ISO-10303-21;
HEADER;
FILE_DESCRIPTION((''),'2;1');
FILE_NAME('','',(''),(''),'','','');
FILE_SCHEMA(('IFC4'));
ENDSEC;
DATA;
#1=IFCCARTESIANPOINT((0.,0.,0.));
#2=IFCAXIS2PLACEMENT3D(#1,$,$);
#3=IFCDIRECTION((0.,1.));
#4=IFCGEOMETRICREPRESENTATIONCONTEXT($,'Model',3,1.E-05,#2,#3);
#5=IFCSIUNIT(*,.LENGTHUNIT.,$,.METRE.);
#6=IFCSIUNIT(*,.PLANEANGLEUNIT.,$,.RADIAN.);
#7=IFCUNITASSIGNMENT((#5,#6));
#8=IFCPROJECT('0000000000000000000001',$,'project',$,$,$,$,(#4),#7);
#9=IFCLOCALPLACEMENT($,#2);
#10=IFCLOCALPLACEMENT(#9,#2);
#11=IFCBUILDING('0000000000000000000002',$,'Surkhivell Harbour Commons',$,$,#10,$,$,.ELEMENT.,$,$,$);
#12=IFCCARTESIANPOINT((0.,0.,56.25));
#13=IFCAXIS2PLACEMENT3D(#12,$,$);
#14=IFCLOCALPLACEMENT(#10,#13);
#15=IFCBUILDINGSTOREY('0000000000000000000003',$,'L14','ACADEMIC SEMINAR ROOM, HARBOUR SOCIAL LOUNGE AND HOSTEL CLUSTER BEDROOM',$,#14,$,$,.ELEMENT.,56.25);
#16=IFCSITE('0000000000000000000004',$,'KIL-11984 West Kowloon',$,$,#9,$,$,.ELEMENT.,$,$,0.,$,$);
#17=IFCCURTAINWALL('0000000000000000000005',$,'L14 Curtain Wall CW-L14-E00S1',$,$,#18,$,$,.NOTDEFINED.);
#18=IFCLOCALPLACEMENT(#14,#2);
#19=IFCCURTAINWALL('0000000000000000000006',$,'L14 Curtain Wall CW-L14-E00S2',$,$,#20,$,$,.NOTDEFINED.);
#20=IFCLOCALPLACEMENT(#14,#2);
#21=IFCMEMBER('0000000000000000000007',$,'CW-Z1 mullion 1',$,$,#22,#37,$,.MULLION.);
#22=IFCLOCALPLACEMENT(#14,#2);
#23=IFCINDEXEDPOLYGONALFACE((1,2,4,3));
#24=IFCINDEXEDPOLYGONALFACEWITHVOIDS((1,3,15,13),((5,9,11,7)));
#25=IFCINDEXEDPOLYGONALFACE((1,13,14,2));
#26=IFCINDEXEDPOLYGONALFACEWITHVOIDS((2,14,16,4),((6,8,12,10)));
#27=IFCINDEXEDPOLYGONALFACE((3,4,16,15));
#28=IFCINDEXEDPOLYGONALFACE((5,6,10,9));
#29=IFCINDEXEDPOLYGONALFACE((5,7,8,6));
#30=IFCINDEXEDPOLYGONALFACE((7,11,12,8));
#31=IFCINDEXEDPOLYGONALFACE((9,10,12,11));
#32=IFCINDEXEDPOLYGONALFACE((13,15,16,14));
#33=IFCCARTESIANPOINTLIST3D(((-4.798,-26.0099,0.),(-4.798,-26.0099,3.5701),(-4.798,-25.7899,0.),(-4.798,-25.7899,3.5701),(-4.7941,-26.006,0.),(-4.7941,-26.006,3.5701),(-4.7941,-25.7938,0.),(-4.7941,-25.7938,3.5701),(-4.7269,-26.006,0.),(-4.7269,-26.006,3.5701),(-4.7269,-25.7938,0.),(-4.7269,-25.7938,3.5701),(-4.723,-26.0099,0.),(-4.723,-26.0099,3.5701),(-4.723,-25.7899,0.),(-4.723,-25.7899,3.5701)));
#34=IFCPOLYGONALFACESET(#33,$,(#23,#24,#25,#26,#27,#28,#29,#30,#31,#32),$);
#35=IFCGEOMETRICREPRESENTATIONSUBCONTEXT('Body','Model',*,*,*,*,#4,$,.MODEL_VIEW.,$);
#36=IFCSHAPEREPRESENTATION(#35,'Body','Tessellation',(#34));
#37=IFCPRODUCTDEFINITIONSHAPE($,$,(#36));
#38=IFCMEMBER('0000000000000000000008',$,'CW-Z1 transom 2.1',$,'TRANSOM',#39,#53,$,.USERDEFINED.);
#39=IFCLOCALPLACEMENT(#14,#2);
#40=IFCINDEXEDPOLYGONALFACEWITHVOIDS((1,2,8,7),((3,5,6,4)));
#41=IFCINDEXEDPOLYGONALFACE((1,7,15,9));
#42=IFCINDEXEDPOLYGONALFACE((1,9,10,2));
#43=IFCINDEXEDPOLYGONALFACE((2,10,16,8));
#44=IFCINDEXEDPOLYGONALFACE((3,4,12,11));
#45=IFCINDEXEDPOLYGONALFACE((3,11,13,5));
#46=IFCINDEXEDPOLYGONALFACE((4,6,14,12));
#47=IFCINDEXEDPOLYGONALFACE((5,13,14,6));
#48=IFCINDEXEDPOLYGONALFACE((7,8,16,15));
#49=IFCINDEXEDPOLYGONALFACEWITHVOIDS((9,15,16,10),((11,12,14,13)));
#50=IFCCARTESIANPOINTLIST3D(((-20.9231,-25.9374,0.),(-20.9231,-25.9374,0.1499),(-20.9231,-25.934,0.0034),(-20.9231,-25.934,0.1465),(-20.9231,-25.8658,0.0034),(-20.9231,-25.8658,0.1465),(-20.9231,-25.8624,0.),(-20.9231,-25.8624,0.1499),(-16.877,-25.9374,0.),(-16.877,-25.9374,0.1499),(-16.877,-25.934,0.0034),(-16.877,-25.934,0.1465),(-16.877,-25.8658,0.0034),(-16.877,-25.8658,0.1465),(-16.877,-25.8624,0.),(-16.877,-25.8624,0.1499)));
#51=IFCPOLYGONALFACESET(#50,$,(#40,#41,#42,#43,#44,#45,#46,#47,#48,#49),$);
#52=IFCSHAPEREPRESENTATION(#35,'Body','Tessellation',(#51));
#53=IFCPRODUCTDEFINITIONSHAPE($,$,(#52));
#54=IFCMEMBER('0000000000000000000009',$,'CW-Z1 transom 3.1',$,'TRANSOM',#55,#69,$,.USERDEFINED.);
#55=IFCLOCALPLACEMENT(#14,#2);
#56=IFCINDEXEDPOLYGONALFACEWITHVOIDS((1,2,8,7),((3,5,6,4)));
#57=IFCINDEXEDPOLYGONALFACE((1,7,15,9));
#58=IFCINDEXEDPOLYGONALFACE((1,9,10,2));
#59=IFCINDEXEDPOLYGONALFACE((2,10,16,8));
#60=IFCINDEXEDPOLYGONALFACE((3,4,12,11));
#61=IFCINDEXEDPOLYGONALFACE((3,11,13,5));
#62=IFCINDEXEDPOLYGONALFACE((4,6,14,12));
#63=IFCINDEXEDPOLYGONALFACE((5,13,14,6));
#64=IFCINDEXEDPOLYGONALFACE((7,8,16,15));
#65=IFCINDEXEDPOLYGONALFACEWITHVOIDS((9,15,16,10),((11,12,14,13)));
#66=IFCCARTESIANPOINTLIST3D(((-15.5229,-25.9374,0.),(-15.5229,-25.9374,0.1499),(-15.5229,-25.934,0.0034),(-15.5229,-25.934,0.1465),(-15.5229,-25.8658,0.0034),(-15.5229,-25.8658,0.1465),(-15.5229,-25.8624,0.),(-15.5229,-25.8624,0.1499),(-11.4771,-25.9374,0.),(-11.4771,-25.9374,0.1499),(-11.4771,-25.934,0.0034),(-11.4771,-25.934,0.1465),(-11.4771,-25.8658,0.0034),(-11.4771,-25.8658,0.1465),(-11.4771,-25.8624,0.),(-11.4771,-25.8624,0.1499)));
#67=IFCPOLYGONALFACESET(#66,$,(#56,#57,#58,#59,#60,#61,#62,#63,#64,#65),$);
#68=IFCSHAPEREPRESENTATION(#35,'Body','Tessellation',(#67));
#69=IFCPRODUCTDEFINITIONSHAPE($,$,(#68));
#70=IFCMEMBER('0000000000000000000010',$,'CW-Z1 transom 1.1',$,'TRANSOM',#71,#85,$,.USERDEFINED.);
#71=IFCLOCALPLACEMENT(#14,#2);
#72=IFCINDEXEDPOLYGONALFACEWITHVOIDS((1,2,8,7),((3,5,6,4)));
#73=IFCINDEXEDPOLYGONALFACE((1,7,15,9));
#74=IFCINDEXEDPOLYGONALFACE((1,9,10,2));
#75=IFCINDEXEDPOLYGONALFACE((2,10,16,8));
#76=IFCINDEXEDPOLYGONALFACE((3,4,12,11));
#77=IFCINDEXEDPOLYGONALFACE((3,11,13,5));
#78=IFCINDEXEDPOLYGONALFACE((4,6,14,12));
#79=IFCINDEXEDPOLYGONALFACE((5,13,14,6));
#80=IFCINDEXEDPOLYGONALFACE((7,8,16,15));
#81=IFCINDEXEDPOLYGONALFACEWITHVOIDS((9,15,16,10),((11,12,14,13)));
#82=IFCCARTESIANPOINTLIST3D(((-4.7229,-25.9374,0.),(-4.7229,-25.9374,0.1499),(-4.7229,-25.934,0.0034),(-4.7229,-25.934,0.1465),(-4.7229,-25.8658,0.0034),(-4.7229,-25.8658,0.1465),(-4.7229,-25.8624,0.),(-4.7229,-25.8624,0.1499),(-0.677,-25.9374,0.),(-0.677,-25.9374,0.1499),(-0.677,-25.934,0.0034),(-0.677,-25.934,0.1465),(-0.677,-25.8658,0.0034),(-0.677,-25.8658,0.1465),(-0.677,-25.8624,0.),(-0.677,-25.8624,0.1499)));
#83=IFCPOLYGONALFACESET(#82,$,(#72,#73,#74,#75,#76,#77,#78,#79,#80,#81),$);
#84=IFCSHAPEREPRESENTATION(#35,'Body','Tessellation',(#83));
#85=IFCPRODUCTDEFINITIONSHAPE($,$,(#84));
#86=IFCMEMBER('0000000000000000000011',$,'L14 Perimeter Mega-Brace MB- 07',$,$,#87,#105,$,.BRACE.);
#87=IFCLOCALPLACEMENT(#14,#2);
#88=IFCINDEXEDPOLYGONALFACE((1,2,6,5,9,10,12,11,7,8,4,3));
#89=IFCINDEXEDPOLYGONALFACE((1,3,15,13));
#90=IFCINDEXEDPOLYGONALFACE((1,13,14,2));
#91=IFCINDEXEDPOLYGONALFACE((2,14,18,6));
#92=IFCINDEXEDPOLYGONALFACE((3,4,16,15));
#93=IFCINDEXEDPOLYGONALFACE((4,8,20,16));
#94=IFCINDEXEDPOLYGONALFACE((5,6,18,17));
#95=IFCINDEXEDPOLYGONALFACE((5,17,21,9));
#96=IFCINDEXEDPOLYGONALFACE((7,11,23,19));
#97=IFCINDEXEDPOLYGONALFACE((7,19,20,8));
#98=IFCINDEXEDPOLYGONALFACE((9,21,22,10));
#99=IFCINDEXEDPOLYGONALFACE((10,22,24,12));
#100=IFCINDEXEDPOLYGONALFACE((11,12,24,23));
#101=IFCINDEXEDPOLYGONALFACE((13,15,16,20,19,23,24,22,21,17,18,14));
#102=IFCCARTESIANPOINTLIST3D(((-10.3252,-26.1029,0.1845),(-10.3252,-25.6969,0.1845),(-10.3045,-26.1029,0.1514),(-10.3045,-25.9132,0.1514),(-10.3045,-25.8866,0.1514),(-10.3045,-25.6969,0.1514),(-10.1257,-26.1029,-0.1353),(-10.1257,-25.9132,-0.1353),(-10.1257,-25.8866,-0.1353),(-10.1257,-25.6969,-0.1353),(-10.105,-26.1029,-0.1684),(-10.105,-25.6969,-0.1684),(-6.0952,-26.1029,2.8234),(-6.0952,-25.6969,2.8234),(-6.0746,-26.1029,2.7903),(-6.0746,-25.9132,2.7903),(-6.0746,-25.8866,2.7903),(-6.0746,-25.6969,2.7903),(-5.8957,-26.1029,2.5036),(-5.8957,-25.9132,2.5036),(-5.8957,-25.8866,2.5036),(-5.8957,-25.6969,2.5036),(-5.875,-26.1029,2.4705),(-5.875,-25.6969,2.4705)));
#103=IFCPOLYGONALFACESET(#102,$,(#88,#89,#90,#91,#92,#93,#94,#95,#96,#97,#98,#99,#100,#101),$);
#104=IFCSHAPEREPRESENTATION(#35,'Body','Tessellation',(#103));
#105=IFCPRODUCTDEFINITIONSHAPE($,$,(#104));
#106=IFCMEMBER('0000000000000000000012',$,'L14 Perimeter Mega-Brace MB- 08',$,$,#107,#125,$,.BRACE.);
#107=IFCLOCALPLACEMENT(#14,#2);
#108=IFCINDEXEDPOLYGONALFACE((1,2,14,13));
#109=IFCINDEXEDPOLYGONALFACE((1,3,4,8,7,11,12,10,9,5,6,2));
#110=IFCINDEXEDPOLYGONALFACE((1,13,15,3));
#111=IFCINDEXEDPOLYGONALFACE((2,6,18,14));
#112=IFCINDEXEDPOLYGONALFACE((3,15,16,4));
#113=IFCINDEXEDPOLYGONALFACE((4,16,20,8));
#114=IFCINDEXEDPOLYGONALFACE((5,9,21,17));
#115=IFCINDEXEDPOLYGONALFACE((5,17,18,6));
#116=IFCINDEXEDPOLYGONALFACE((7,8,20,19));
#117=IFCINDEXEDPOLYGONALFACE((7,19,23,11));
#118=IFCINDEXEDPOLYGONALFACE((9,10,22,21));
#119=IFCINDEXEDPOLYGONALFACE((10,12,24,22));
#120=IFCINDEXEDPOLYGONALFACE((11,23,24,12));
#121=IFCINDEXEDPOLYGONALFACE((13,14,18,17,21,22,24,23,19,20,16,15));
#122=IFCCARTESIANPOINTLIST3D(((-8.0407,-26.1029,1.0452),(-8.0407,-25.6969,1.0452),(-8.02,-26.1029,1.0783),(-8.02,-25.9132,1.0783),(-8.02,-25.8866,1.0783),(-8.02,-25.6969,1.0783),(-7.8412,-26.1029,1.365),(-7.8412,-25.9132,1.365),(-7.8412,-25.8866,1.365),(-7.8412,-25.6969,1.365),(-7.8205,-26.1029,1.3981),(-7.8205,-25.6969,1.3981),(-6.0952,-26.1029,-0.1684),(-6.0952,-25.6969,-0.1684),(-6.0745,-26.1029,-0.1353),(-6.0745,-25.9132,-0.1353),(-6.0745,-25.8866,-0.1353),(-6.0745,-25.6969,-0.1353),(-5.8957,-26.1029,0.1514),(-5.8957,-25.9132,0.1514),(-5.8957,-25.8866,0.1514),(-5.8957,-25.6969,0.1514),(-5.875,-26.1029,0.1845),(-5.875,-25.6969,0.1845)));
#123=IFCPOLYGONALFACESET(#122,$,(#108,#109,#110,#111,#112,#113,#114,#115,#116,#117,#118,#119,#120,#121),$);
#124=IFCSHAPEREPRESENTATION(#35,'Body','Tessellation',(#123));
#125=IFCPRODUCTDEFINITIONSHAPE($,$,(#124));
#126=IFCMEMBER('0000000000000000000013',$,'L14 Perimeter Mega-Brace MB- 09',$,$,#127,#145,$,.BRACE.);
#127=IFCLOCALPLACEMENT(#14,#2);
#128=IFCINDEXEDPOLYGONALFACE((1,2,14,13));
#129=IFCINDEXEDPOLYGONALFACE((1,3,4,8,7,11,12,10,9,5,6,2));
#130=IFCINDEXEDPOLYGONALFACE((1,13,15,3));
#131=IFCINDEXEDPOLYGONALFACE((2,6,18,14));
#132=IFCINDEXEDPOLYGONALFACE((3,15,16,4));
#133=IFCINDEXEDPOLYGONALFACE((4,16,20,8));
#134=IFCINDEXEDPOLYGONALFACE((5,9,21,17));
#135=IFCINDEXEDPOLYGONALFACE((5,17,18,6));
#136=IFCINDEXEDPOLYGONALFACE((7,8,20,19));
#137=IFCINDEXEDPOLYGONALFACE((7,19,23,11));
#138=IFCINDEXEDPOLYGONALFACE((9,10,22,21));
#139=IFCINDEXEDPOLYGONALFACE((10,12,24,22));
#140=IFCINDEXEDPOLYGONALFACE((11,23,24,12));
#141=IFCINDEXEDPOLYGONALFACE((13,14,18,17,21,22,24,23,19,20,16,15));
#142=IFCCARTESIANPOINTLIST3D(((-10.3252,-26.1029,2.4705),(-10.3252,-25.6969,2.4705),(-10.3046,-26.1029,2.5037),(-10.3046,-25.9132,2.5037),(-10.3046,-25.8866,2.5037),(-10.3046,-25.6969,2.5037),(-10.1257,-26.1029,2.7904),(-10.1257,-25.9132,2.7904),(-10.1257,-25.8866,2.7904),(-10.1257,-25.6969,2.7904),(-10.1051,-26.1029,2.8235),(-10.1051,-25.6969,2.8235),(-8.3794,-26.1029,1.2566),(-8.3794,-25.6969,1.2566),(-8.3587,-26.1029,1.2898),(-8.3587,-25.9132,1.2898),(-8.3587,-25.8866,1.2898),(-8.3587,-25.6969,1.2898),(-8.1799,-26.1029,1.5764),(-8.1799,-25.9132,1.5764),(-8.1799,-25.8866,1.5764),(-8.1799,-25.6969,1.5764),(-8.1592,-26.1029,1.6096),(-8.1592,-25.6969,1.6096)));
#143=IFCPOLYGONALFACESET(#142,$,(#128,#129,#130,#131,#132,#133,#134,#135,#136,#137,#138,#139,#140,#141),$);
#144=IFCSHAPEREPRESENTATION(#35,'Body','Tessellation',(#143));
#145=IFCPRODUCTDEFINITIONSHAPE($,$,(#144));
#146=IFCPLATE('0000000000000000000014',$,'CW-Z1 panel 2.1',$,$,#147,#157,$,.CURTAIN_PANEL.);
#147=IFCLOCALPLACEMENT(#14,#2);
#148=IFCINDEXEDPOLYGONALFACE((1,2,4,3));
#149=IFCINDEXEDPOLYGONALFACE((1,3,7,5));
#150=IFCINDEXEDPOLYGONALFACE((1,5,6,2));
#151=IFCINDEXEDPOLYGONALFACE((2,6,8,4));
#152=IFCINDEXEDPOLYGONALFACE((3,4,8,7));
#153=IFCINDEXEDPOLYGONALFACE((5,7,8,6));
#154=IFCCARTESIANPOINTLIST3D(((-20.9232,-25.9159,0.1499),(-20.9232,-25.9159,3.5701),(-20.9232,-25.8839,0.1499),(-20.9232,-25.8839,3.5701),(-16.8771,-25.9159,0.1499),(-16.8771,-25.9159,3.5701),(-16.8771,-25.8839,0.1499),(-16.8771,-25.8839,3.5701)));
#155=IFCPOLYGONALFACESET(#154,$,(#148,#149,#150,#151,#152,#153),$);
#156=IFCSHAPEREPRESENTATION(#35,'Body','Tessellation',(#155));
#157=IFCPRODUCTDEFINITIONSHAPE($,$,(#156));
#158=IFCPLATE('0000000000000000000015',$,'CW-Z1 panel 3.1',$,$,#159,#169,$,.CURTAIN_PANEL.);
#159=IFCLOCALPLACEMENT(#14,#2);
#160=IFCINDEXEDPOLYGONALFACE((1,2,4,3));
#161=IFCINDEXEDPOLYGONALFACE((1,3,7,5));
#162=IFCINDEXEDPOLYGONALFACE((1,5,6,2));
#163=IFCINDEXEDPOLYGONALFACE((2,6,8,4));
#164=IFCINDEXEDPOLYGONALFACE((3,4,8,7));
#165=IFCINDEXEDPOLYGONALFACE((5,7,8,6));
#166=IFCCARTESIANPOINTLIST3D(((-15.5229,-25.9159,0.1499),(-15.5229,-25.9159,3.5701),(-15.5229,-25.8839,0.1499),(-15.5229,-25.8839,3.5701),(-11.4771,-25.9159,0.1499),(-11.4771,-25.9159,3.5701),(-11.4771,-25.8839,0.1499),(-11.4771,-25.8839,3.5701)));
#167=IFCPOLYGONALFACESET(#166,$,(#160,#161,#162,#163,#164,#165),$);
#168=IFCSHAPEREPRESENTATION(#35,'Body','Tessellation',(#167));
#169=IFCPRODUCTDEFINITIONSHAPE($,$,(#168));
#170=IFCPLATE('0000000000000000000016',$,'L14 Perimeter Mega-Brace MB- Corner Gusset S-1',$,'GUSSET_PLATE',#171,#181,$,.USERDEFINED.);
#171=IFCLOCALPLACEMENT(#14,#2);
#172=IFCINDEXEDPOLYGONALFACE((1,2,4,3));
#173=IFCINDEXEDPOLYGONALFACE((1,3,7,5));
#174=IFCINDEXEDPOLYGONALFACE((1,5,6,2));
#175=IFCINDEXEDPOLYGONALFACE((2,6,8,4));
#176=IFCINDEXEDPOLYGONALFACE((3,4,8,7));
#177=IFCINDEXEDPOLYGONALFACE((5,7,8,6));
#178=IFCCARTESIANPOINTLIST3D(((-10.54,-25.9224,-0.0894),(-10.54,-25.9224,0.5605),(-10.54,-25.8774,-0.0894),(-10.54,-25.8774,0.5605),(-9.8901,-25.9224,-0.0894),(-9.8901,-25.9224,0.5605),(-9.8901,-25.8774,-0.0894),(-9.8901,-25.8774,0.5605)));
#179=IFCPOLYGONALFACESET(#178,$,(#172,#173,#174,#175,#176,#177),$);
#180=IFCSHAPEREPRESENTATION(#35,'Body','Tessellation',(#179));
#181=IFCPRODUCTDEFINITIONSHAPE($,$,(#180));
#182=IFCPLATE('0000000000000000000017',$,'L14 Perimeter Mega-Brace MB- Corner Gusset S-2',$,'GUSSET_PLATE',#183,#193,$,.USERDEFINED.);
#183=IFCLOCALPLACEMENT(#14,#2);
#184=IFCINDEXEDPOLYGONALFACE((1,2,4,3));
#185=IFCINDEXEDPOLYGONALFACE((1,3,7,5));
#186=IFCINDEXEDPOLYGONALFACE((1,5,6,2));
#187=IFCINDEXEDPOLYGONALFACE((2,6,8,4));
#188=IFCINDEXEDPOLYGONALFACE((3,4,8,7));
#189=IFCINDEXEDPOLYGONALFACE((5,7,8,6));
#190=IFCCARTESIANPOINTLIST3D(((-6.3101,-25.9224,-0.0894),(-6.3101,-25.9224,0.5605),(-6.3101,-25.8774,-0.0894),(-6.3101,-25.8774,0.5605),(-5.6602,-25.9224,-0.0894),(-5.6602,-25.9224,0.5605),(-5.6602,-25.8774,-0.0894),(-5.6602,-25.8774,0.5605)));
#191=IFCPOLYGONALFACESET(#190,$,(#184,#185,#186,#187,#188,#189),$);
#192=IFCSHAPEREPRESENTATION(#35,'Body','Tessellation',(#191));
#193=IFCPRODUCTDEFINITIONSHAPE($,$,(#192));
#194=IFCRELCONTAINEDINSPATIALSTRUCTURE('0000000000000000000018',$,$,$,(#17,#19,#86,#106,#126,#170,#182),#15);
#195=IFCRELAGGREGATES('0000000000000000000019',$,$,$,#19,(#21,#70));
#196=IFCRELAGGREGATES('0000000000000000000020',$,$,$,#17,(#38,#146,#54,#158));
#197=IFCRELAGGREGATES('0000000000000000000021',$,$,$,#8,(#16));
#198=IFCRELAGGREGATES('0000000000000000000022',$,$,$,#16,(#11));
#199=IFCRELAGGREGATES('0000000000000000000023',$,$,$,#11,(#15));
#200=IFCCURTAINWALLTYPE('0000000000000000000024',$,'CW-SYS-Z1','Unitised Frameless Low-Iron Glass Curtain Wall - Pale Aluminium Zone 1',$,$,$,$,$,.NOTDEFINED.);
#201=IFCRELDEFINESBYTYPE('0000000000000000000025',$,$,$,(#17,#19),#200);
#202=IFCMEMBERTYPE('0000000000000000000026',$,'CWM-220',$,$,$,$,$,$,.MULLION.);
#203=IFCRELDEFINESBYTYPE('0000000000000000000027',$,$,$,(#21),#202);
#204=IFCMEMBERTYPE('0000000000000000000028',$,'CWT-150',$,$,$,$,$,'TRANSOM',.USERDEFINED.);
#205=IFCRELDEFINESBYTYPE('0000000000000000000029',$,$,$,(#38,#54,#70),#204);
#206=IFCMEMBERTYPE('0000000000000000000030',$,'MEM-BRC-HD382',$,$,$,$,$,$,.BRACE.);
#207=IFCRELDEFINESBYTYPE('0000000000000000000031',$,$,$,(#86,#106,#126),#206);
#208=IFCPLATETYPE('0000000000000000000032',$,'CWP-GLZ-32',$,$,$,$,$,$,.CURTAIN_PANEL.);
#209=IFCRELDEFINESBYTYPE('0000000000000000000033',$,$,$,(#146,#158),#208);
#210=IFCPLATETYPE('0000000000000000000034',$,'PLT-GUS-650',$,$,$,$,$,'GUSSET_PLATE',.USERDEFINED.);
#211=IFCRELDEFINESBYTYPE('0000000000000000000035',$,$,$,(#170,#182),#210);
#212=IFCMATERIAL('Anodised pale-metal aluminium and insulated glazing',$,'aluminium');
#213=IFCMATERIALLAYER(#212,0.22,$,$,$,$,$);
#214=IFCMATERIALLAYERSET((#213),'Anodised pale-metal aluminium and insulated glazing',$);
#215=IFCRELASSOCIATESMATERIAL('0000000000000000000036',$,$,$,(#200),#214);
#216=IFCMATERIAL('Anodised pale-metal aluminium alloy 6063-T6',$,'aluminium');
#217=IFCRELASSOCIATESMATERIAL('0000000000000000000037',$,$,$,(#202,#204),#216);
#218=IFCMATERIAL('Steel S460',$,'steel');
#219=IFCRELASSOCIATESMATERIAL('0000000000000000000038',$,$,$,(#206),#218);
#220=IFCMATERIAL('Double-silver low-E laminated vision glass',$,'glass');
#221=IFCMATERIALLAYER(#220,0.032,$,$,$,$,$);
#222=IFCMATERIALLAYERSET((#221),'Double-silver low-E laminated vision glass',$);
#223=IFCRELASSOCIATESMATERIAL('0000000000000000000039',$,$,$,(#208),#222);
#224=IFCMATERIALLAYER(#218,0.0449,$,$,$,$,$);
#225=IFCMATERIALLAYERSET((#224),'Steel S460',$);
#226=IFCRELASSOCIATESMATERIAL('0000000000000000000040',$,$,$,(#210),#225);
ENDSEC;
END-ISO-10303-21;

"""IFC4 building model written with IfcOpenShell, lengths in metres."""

from ifc_helpers import new_model, si_unit, direction, frame, frame_2d, origin, origin_2d, place, context, subcontext, project, spatial, rectangle, hollow_rectangle, i_section, extrude, material, layer, layer_set, material_profile, profile_set, type_object, element, aggregate, save


model = new_model("IFC4")

# Units and contexts
model_context = context("Model", 3, precision=1e-05, world=origin(), true_north=direction((0.0, 1.0)))
body_context = subcontext(model_context, "Body", "Model", "MODEL_VIEW")
ifc_project = project(units=[si_unit("LENGTHUNIT", "METRE"), si_unit("PLANEANGLEUNIT", "RADIAN")], contexts=[model_context])

# Site, building, storey
site_placement = place(None, origin())
site = spatial("IfcSite", under=ifc_project, at=site_placement, Name="KIL-11984 West Kowloon", CompositionType="ELEMENT", RefElevation=0.0)
building_placement = place(site_placement, origin())
building = spatial("IfcBuilding", under=site, at=building_placement, Name="Surkhivell Harbour Commons", CompositionType="ELEMENT")
storey_placement = place(building_placement, frame((0.0, 0.0, 56.25)))
storey = spatial("IfcBuildingStorey", under=building, at=storey_placement, Name="L14", Description="ACADEMIC SEMINAR ROOM, HARBOUR SOCIAL LOUNGE AND HOSTEL CLUSTER BEDROOM", CompositionType="ELEMENT", Elevation=56.25)

# Shared definitions
ifc_material_1 = material(Name="Steel S460", Category="steel")

# Curtain wall
ifc_material_2 = material(Name="Anodised pale-metal aluminium and insulated glazing", Category="aluminium")
ifc_layer_1 = layer(ifc_material_2, 0.22)
ifc_layer_set_1 = layer_set([ifc_layer_1], Name="Anodised pale-metal aluminium and insulated glazing")
curtain_wall_type = type_object("IfcCurtainWallType", Name="CW-SYS-Z1", Description="Unitised Frameless Low-Iron Glass Curtain Wall - Pale Aluminium Zone 1", PredefinedType="NOTDEFINED", material=ifc_layer_set_1)
curtain_wall_1_placement = place(storey_placement, origin())
curtain_wall_1 = element("IfcCurtainWall", 1, at=curtain_wall_1_placement, inside=storey, type_object=curtain_wall_type, Name="L14 Curtain Wall CW-L14-E00S1", PredefinedType="NOTDEFINED")
ifc_material_3 = material(Name="Anodised pale-metal aluminium alloy 6063-T6", Category="aluminium")
ifc_material_profile_1 = material_profile(ifc_material_3, hollow_rectangle(XDim=0.075, YDim=0.22, WallThickness=0.0039, at=origin_2d()), Name="ALU-MULL-75x220")
ifc_profile_set_1 = profile_set([ifc_material_profile_1], Name="Anodised pale-metal aluminium alloy 6063-T6")
member_type_1 = type_object("IfcMemberType", Name="CWM-220", PredefinedType="MULLION", material=ifc_profile_set_1)

# Curtain wall, member
curtain_wall_2_placement = place(storey_placement, origin())
curtain_wall_2 = element("IfcCurtainWall", 2, at=curtain_wall_2_placement, inside=storey, type_object=curtain_wall_type, Name="L14 Curtain Wall CW-L14-E00S2", PredefinedType="NOTDEFINED")
member_1_placement = place(storey_placement, frame((-4.7605, -25.8999, 0.0), z_axis=(0.0, 0.0, 1.0), x_axis=(1.0, 0.0, 0.0)))
member_1 = element("IfcMember", 3, at=member_1_placement, type_object=member_type_1, Name="CW-Z1 mullion 1", PredefinedType="MULLION", context=body_context, shape_type="SweptSolid", body=[
    extrude(hollow_rectangle(XDim=0.075, YDim=0.22, WallThickness=0.0039, at=origin_2d()), origin(), (0.0, 0.0, 1.0), 3.5701),
])

# Members
ifc_material_profile_2 = material_profile(ifc_material_3, hollow_rectangle(XDim=0.075, YDim=0.1499, WallThickness=0.0034, at=origin_2d()), Name="ALU-TRAN-75x150")
ifc_profile_set_2 = profile_set([ifc_material_profile_2], Name="Anodised pale-metal aluminium alloy 6063-T6")
member_type_2 = type_object("IfcMemberType", Name="CWT-150", ElementType="TRANSOM", PredefinedType="USERDEFINED", material=ifc_profile_set_2)
member_2_placement = place(storey_placement, frame((-20.9231, -25.8999, 0.075), z_axis=(1.0, 0.0, 0.0), x_axis=(0.0, 1.0, 0.0)))
member_2 = element("IfcMember", 4, at=member_2_placement, type_object=member_type_2, Name="CW-Z1 transom 2.1", ObjectType="TRANSOM", PredefinedType="USERDEFINED", context=body_context, shape_type="SweptSolid", body=[
    extrude(hollow_rectangle(XDim=0.075, YDim=0.1499, WallThickness=0.0034, at=origin_2d()), origin(), (0.0, 0.0, 1.0), 4.0461),
])
member_3_placement = place(storey_placement, frame((-15.5229, -25.8999, 0.075), z_axis=(1.0, 0.0, 0.0), x_axis=(0.0, 1.0, 0.0)))
member_3 = element("IfcMember", 5, at=member_3_placement, type_object=member_type_2, Name="CW-Z1 transom 3.1", ObjectType="TRANSOM", PredefinedType="USERDEFINED", context=body_context, shape_type="SweptSolid", body=[
    extrude(hollow_rectangle(XDim=0.075, YDim=0.1499, WallThickness=0.0034, at=origin_2d()), origin(), (0.0, 0.0, 1.0), 4.0459),
])
member_4_placement = place(storey_placement, frame((-4.7229, -25.8999, 0.075), z_axis=(1.0, 0.0, 0.0), x_axis=(0.0, 1.0, 0.0)))
member_4 = element("IfcMember", 6, at=member_4_placement, type_object=member_type_2, Name="CW-Z1 transom 1.1", ObjectType="TRANSOM", PredefinedType="USERDEFINED", context=body_context, shape_type="SweptSolid", body=[
    extrude(hollow_rectangle(XDim=0.075, YDim=0.1499, WallThickness=0.0034, at=origin_2d()), origin(), (0.0, 0.0, 1.0), 4.0459),
])
aggregate(curtain_wall_2, [member_1, member_4])

# Members
ifc_material_profile_3 = material_profile(ifc_material_1, i_section(OverallWidth=0.406, OverallDepth=0.416, WebThickness=0.0266, FlangeThickness=0.0391, at=origin_2d()), Name="HD400x382")
ifc_profile_set_3 = profile_set([ifc_material_profile_3], Name="Steel S460")
member_type_3 = type_object("IfcMemberType", Name="MEM-BRC-HD382", PredefinedType="BRACE", material=ifc_profile_set_3)
member_5_placement = place(storey_placement, frame((-10.2151, -25.8999, 0.0081), z_axis=(0.848433, 0.0, 0.529303), x_axis=(0.0, 1.0, 0.0)))
element("IfcMember", 7, at=member_5_placement, inside=storey, type_object=member_type_3, Name="L14 Perimeter Mega-Brace MB- 07", PredefinedType="BRACE", context=body_context, shape_type="SweptSolid", body=[
    extrude(i_section(OverallWidth=0.406, OverallDepth=0.416, WebThickness=0.0266, FlangeThickness=0.0391, at=origin_2d()), origin(), (0.0, 0.0, 1.0), 4.9856),
])
member_6_placement = place(storey_placement, frame((-5.9851, -25.8999, 0.0081), z_axis=(-0.848459, 0.0, 0.529262), x_axis=(0.0, -1.0, 0.0)))
element("IfcMember", 8, at=member_6_placement, inside=storey, type_object=member_type_3, Name="L14 Perimeter Mega-Brace MB- 08", PredefinedType="BRACE", context=body_context, shape_type="SweptSolid", body=[
    extrude(i_section(OverallWidth=0.406, OverallDepth=0.416, WebThickness=0.0266, FlangeThickness=0.0391, at=origin_2d()), origin(), (0.0, 0.0, 1.0), 2.293),
])
member_7_placement = place(storey_placement, frame((-8.2693, -25.8999, 1.4331), z_axis=(-0.848441, 0.0, 0.529291), x_axis=(0.0, -1.0, 0.0)))
element("IfcMember", 9, at=member_7_placement, inside=storey, type_object=member_type_3, Name="L14 Perimeter Mega-Brace MB- 09", PredefinedType="BRACE", context=body_context, shape_type="SweptSolid", body=[
    extrude(i_section(OverallWidth=0.406, OverallDepth=0.416, WebThickness=0.0266, FlangeThickness=0.0391, at=origin_2d()), origin(), (0.0, 0.0, 1.0), 2.2935),
])

# Plates
ifc_material_4 = material(Name="Double-silver low-E laminated vision glass", Category="glass")
ifc_layer_2 = layer(ifc_material_4, 0.032)
ifc_layer_set_2 = layer_set([ifc_layer_2], Name="Double-silver low-E laminated vision glass")
plate_type_1 = type_object("IfcPlateType", Name="CWP-GLZ-32", PredefinedType="CURTAIN_PANEL", material=ifc_layer_set_2)
plate_1_placement = place(storey_placement, frame((-20.9231, -25.8999, 0.1499), z_axis=(0.0, 0.0, 1.0), x_axis=(1.0, 0.0, 0.0)))
plate_1 = element("IfcPlate", 10, at=plate_1_placement, type_object=plate_type_1, Name="CW-Z1 panel 2.1", PredefinedType="CURTAIN_PANEL", context=body_context, shape_type="SweptSolid", body=[
    extrude(rectangle(XDim=4.0461, YDim=0.032, at=frame_2d((2.0229, 0.0))), origin(), (0.0, 0.0, 1.0), 3.4202),
])
plate_2_placement = place(storey_placement, frame((-15.5229, -25.8999, 0.1499), z_axis=(0.0, 0.0, 1.0), x_axis=(1.0, 0.0, 0.0)))
plate_2 = element("IfcPlate", 11, at=plate_2_placement, type_object=plate_type_1, Name="CW-Z1 panel 3.1", PredefinedType="CURTAIN_PANEL", context=body_context, shape_type="SweptSolid", body=[
    extrude(rectangle(XDim=4.0459, YDim=0.032, at=frame_2d((2.0229, 0.0))), origin(), (0.0, 0.0, 1.0), 3.4202),
])
aggregate(curtain_wall_1, [member_2, plate_1, member_3, plate_2])

# Plates
ifc_layer_3 = layer(ifc_material_1, 0.0449)
ifc_layer_set_3 = layer_set([ifc_layer_3], Name="Steel S460")
plate_type_2 = type_object("IfcPlateType", Name="PLT-GUS-650", ElementType="GUSSET_PLATE", PredefinedType="USERDEFINED", material=ifc_layer_set_3)
for number, where, z_axis, x_axis, name in (
    (12, (-10.2151, -25.8999, -0.0894), (0.0, 0.0, 1.0), (1.0, 0.0, 0.0), "L14 Perimeter Mega-Brace MB- Corner Gusset S-1"),
    (13, (-5.9851, -25.8999, -0.0894), (0.0, 0.0, 1.0), (1.0, 0.0, 0.0), "L14 Perimeter Mega-Brace MB- Corner Gusset S-2"),
):
    element("IfcPlate", number, at=place(storey_placement, frame(where, z_axis=z_axis, x_axis=x_axis)), inside=storey, type_object=plate_type_2, Name=name, ObjectType="GUSSET_PLATE", PredefinedType="USERDEFINED", context=body_context, shape_type="SweptSolid", body=[
        extrude(rectangle(XDim=0.6499, YDim=0.0449, at=origin_2d()), origin(), (0.0, 0.0, 1.0), 0.6499),
    ])

save(model, "model.ifc")
